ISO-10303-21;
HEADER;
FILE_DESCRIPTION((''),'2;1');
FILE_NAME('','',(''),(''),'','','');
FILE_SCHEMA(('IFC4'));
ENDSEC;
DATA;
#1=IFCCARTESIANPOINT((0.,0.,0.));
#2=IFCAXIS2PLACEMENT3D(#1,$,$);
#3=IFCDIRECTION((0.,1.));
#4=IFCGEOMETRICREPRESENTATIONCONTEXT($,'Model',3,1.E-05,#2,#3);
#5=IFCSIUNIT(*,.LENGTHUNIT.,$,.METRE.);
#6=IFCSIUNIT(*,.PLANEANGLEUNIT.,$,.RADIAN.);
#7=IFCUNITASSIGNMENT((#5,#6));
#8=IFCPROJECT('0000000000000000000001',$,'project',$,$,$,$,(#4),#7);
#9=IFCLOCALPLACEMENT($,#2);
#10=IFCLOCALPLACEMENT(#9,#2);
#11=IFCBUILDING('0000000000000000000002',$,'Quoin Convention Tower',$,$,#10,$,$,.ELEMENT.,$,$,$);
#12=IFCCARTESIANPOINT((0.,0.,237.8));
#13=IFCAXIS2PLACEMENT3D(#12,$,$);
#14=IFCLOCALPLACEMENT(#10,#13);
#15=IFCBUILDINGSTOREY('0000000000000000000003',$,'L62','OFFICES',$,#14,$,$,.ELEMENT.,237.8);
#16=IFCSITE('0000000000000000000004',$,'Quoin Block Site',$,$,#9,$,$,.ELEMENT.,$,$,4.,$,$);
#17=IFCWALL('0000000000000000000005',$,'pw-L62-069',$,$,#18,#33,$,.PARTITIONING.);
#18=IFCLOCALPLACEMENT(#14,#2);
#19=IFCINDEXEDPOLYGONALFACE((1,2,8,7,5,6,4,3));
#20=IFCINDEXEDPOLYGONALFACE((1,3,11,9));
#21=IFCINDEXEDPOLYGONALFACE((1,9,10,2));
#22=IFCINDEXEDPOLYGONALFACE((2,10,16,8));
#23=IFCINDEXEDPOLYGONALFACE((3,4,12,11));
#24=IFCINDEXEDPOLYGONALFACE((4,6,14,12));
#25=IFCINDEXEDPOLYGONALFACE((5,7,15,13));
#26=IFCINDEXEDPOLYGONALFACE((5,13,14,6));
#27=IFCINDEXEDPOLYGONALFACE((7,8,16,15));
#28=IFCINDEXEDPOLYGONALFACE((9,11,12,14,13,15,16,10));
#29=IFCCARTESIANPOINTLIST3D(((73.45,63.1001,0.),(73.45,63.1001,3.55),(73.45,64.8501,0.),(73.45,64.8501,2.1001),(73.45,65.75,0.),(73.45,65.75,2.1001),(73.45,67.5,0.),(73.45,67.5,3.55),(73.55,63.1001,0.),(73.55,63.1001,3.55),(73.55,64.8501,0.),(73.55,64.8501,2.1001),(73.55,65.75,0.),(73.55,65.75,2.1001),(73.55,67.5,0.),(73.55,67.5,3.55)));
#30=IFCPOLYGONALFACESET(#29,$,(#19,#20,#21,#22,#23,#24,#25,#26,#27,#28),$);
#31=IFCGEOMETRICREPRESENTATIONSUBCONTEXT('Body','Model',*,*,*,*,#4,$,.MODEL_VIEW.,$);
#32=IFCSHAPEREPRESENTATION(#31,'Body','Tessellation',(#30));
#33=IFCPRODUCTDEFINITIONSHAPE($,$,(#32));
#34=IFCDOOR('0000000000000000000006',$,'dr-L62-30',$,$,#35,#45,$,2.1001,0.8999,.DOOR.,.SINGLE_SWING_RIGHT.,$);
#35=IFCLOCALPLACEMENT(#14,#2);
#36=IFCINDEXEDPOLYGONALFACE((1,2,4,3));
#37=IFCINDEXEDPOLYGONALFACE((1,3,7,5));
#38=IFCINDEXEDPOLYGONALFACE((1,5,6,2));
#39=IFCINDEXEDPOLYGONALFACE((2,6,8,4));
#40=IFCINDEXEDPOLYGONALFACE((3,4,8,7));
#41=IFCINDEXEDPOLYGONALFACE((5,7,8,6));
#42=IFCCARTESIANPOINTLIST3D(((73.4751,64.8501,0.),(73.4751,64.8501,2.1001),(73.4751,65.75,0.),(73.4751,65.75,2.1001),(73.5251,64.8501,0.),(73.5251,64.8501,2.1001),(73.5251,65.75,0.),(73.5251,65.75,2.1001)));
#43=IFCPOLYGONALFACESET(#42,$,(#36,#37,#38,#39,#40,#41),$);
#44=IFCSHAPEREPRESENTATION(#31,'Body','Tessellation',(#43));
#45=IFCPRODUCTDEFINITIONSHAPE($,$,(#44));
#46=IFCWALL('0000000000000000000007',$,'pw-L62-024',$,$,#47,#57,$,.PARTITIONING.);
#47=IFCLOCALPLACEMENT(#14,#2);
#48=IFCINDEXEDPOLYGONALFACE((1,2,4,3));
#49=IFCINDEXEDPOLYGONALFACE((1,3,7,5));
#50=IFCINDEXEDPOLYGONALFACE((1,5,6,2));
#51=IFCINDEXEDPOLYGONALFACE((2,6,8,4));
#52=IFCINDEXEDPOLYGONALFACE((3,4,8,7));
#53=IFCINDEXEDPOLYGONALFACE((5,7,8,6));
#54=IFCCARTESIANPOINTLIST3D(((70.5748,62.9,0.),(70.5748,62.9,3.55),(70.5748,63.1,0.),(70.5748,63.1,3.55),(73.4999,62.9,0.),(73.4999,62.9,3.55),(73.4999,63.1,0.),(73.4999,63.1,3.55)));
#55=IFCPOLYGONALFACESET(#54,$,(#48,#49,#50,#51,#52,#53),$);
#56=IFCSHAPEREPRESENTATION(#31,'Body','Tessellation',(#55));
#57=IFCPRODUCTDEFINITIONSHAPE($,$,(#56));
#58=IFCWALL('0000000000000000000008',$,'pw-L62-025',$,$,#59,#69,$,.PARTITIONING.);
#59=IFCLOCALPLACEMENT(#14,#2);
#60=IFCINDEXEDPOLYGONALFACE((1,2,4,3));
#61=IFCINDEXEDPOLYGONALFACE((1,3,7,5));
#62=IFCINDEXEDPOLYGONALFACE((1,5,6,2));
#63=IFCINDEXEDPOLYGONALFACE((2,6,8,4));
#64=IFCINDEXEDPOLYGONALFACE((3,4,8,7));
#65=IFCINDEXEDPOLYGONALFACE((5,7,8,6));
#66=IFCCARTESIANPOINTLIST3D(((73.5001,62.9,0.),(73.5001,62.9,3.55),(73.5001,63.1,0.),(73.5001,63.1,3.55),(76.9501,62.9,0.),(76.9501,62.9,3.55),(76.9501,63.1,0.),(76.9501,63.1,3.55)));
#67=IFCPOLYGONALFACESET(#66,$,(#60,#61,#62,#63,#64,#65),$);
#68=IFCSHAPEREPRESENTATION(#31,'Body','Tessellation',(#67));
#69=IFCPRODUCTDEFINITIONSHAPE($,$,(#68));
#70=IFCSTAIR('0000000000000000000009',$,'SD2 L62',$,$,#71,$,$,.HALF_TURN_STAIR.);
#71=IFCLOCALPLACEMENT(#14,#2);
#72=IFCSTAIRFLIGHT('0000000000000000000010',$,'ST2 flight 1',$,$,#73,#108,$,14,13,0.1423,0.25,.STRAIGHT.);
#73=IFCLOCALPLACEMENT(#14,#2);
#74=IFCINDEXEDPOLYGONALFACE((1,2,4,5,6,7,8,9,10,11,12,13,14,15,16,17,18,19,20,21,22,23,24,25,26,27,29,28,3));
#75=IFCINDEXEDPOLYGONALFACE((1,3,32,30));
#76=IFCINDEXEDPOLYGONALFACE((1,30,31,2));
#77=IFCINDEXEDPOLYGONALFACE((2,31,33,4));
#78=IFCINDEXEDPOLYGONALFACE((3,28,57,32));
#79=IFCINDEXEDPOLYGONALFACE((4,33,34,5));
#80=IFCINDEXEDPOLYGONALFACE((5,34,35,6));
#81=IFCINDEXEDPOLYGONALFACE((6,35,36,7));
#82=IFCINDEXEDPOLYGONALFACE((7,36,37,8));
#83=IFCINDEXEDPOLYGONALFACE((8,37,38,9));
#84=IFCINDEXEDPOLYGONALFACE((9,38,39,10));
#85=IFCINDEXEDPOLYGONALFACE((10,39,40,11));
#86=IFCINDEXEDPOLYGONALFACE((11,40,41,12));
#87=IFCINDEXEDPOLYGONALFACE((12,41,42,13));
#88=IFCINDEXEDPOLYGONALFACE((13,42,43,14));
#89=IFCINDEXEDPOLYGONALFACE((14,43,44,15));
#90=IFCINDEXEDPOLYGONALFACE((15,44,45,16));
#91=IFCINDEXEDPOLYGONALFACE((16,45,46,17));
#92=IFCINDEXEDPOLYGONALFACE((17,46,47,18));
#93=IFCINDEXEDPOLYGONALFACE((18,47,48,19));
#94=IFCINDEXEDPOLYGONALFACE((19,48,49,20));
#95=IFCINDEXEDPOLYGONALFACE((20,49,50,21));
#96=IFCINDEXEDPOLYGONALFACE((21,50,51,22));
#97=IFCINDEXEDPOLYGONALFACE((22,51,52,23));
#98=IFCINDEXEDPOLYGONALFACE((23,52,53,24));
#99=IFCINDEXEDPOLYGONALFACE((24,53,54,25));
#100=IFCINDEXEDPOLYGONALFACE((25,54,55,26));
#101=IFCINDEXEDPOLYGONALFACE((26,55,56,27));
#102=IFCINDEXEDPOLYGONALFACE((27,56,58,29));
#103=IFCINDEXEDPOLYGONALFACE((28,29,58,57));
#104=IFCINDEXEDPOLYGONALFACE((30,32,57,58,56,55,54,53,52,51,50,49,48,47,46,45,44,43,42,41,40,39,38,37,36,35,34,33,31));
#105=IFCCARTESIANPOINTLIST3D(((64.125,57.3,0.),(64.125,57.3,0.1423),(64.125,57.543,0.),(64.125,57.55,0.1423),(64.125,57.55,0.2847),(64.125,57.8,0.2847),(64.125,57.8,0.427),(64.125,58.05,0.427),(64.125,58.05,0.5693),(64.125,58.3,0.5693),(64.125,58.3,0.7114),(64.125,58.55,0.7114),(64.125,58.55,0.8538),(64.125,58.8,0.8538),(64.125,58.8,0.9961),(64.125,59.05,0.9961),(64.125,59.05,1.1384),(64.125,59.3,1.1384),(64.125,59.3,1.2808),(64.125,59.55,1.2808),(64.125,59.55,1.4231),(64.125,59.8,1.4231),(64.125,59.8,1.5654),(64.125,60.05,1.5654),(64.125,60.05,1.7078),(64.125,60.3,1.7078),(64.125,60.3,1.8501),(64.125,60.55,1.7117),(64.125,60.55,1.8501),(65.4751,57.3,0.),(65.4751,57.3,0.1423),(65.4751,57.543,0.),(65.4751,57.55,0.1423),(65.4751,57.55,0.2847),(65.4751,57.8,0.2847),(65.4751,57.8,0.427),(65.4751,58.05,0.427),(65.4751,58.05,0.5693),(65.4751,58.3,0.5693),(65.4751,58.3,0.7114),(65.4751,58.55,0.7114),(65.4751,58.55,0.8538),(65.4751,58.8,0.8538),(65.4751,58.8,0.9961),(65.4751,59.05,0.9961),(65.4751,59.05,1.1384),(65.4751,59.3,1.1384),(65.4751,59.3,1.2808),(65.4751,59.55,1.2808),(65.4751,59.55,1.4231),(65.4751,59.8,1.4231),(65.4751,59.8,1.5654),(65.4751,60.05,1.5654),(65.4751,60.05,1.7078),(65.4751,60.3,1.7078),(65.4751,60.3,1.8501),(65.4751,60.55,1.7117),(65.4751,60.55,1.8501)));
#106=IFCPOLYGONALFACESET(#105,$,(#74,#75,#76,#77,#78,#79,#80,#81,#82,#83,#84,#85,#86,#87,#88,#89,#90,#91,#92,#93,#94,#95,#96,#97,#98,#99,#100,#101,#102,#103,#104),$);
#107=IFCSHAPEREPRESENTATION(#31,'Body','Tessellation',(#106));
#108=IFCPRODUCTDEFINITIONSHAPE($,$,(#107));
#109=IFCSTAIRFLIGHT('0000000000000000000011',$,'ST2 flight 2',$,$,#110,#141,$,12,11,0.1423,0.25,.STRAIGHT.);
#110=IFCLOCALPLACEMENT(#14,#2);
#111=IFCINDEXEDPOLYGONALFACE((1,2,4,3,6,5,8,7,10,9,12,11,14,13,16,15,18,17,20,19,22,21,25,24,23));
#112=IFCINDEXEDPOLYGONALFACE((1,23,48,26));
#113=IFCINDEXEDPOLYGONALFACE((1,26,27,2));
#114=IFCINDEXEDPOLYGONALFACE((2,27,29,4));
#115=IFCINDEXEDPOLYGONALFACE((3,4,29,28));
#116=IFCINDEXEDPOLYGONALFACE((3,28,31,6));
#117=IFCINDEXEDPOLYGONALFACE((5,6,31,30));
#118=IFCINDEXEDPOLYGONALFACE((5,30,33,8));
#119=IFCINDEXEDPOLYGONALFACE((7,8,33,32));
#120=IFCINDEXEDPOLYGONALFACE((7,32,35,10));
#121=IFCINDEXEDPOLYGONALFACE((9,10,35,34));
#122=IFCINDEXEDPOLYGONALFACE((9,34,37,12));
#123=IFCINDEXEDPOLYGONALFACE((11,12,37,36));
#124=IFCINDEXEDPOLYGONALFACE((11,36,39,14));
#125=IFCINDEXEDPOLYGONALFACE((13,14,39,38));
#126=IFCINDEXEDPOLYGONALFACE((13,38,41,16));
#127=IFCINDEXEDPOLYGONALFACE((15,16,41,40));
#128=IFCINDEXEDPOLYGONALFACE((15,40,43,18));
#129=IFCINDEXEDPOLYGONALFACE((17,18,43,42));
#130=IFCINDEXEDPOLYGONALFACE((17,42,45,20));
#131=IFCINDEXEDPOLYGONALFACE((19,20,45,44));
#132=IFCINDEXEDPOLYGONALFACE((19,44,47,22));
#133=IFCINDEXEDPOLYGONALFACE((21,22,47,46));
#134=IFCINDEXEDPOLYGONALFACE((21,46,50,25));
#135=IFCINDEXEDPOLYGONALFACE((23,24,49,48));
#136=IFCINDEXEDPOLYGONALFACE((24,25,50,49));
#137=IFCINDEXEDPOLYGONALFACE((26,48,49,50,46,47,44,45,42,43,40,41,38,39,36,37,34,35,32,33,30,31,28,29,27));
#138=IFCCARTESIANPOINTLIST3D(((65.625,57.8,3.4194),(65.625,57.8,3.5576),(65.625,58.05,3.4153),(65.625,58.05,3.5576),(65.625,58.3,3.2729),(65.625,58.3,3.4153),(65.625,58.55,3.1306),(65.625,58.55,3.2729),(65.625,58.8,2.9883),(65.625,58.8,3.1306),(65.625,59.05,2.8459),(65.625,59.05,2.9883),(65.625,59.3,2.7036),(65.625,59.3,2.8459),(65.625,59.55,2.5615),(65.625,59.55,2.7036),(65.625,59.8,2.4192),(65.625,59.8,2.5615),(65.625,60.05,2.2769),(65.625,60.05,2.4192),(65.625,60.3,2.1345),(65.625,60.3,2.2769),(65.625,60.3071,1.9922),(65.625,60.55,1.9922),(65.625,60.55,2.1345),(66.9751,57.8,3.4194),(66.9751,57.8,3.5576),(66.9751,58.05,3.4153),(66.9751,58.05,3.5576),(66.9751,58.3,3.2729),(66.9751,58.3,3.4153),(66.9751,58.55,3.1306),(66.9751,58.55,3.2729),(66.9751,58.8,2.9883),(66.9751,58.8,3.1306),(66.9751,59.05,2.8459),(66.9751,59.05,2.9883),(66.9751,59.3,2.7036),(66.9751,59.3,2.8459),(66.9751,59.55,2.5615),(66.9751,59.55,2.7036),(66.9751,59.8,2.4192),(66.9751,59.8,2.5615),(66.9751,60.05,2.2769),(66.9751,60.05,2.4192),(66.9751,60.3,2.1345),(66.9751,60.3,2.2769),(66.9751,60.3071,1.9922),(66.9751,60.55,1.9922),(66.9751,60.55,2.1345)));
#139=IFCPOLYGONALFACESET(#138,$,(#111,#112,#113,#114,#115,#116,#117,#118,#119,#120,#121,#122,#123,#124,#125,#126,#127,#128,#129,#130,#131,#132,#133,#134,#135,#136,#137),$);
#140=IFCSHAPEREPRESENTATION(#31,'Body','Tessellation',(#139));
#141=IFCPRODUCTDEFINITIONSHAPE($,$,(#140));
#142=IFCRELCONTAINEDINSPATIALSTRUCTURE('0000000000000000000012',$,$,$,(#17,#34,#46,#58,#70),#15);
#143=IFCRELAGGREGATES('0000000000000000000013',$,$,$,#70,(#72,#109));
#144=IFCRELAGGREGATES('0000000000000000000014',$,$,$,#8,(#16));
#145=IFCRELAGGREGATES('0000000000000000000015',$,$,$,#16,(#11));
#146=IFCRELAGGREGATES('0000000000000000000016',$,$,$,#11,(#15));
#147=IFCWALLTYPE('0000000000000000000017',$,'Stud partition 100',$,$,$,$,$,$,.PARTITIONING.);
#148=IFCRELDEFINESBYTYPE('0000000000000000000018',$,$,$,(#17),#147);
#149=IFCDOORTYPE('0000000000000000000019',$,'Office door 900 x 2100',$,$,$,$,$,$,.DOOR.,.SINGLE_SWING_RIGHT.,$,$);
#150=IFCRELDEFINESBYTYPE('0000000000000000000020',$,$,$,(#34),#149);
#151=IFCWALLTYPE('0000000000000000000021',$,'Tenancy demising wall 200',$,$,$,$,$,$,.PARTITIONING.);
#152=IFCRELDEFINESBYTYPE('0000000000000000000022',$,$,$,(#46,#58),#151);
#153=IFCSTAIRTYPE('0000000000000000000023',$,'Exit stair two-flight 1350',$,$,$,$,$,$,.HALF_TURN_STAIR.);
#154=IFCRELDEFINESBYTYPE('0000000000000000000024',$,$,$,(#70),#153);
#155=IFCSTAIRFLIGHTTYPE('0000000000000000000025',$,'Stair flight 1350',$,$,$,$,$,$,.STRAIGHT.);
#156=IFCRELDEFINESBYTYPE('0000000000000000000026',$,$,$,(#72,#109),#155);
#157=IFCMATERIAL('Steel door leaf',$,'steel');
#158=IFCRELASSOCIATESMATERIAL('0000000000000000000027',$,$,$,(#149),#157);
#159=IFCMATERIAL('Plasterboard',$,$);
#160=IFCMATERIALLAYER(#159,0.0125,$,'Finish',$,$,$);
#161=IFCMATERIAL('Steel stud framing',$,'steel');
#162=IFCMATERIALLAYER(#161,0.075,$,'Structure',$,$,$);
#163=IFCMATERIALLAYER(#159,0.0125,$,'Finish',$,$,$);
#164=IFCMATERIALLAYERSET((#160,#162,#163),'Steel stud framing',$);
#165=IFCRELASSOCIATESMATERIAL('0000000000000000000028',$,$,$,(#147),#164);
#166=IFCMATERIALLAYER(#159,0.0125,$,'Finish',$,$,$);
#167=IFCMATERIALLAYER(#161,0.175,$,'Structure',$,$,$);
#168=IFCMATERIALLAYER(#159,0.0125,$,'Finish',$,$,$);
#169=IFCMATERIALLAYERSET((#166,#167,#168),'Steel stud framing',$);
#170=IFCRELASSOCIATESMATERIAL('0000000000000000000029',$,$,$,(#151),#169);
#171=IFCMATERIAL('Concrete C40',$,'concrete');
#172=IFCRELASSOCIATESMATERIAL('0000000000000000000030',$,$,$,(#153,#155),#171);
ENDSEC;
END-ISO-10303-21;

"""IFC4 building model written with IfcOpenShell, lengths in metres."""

from ifc_helpers import new_model, si_unit, direction, frame, frame_2d, origin, place, context, subcontext, project, spatial, polyline, rectangle, outline, extrude, material, layer, layer_set, type_object, element, fill, aggregate, save


model = new_model("IFC4")

# Units and contexts
model_context = context("Model", 3, precision=1e-05, world=origin(), true_north=direction((0.0, 1.0)))
body_context = subcontext(model_context, "Body", "Model", "MODEL_VIEW")
ifc_project = project(units=[si_unit("LENGTHUNIT", "METRE"), si_unit("PLANEANGLEUNIT", "RADIAN")], contexts=[model_context])

# Site, building, storey
site_placement = place(None, origin())
site = spatial("IfcSite", under=ifc_project, at=site_placement, Name="Quoin Block Site", CompositionType="ELEMENT", RefElevation=4.0)
building_placement = place(site_placement, origin())
building = spatial("IfcBuilding", under=site, at=building_placement, Name="Quoin Convention Tower", CompositionType="ELEMENT")
storey_placement = place(building_placement, frame((0.0, 0.0, 237.8)))
storey = spatial("IfcBuildingStorey", under=building, at=storey_placement, Name="L62", Description="OFFICES", CompositionType="ELEMENT", Elevation=237.8)

# Shared definitions
ifc_material_1 = material(Name="Plasterboard")
ifc_material_2 = material(Name="Steel stud framing", Category="steel")

# Shared definitions
ifc_material_3 = material(Name="Steel door leaf", Category="steel")
door_type_1 = type_object("IfcDoorType", Name="Office door 900 x 2100", OperationType="SINGLE_SWING_RIGHT", PredefinedType="DOOR", material=ifc_material_3)

# Wall, opening, door
ifc_layer_1 = layer(ifc_material_1, 0.0125, Name="Finish")
ifc_layer_2 = layer(ifc_material_2, 0.075, Name="Structure")
ifc_layer_3 = layer(ifc_material_1, 0.0125, Name="Finish")
ifc_layer_set_1 = layer_set([ifc_layer_1, ifc_layer_2, ifc_layer_3], Name="Steel stud framing")
wall_type_1 = type_object("IfcWallType", Name="Stud partition 100", PredefinedType="PARTITIONING", material=ifc_layer_set_1)
wall_1_placement = place(storey_placement, frame((73.5, 63.1001, 0.0), z_axis=(0.0, 0.0, 1.0), x_axis=(0.0, 1.0, 0.0)))
wall_1 = element("IfcWall", 1, at=wall_1_placement, inside=storey, type_object=wall_type_1, Name="pw-L62-069", PredefinedType="PARTITIONING", context=body_context, shape_type="SweptSolid", body=[
    extrude(rectangle(XDim=4.3999, YDim=0.1001, at=frame_2d((2.2, 0.0))), origin(), (0.0, 0.0, 1.0), 3.55),
])
opening_1_placement = place(wall_1_placement, frame((1.75, 0.0, 0.0)))
opening_1 = element("IfcOpeningElement", 2, at=opening_1_placement, cuts=wall_1, PredefinedType="OPENING", context=body_context, shape_type="SweptSolid", body=[
    extrude(rectangle(XDim=0.8999, YDim=2.1001, at=frame_2d((0.45, 1.05))), frame((0.0, 0.0601, 0.0), z_axis=(0.0, -1.0, 0.0), x_axis=(1.0, 0.0, 0.0)), (0.0, 0.0, 1.0), 0.1201),
])
door_1_placement = place(opening_1_placement, origin())
door_1 = element("IfcDoor", 3, at=door_1_placement, inside=storey, type_object=door_type_1, Name="dr-L62-30", OperationType="SINGLE_SWING_RIGHT", OverallHeight=2.1001, OverallWidth=0.8999, PredefinedType="DOOR", context=body_context, shape_type="SweptSolid", body=[
    extrude(rectangle(XDim=0.8999, YDim=2.1001, at=frame_2d((0.45, 1.05))), frame((0.0, 0.0249, 0.0), z_axis=(0.0, -1.0, 0.0), x_axis=(1.0, 0.0, 0.0)), (0.0, 0.0, 1.0), 0.05),
])
fill(opening_1, door_1)

# Walls
ifc_layer_4 = layer(ifc_material_1, 0.0125, Name="Finish")
ifc_layer_5 = layer(ifc_material_2, 0.175, Name="Structure")
ifc_layer_6 = layer(ifc_material_1, 0.0125, Name="Finish")
ifc_layer_set_2 = layer_set([ifc_layer_4, ifc_layer_5, ifc_layer_6], Name="Steel stud framing")
wall_type_2 = type_object("IfcWallType", Name="Tenancy demising wall 200", PredefinedType="PARTITIONING", material=ifc_layer_set_2)
wall_2_placement = place(storey_placement, frame((70.575, 63.0, 0.0), z_axis=(0.0, 0.0, 1.0), x_axis=(1.0, 0.0, 0.0)))
element("IfcWall", 4, at=wall_2_placement, inside=storey, type_object=wall_type_2, Name="pw-L62-024", PredefinedType="PARTITIONING", context=body_context, shape_type="SweptSolid", body=[
    extrude(rectangle(XDim=2.925, YDim=0.2, at=frame_2d((1.4624, 0.0))), origin(), (0.0, 0.0, 1.0), 3.55),
])
wall_3_placement = place(storey_placement, frame((73.5, 63.0, 0.0), z_axis=(0.0, 0.0, 1.0), x_axis=(1.0, 0.0, 0.0)))
element("IfcWall", 5, at=wall_3_placement, inside=storey, type_object=wall_type_2, Name="pw-L62-025", PredefinedType="PARTITIONING", context=body_context, shape_type="SweptSolid", body=[
    extrude(rectangle(XDim=3.45, YDim=0.2, at=frame_2d((1.7251, 0.0))), origin(), (0.0, 0.0, 1.0), 3.55),
])

# Stair, stair flights
ifc_material_4 = material(Name="Concrete C40", Category="concrete")
stair_type = type_object("IfcStairType", Name="Exit stair two-flight 1350", PredefinedType="HALF_TURN_STAIR", material=ifc_material_4)
stair_placement = place(storey_placement, origin())
stair = element("IfcStair", 6, at=stair_placement, inside=storey, type_object=stair_type, Name="SD2 L62", PredefinedType="HALF_TURN_STAIR")
stair_flight_type = type_object("IfcStairFlightType", Name="Stair flight 1350", PredefinedType="STRAIGHT", material=ifc_material_4)
stair_flight_1_placement = place(storey_placement, frame((64.8, 57.3, 0.0), z_axis=(0.0, 0.0, 1.0), x_axis=(0.0, 1.0, 0.0)))
stair_flight_1 = element("IfcStairFlight", 7, at=stair_flight_1_placement, type_object=stair_flight_type, Name="ST2 flight 1", NumberOfRisers=14, NumberOfTreads=13, PredefinedType="STRAIGHT", RiserHeight=0.1423, TreadLength=0.25, context=body_context, shape_type="SweptSolid", body=[
    extrude(outline(polyline([(0.0, 0.0), (0.0, 0.1423), (0.25, 0.1423), (0.25, 0.2847), (0.5, 0.2847), (0.5, 0.427), (0.75, 0.427), (0.75, 0.5693), (1.0, 0.5693), (1.0, 0.7114), (1.25, 0.7114), (1.25, 0.8538), (1.5, 0.8538), (1.5, 0.9961), (1.75, 0.9961), (1.75, 1.1384), (2.0, 1.1384), (2.0, 1.2808), (2.25, 1.2808), (2.25, 1.4231), (2.5, 1.4231), (2.5, 1.5654), (2.75, 1.5654), (2.75, 1.7078), (3.0, 1.7078), (3.0, 1.8501), (3.25, 1.8501), (3.25, 1.9922), (3.25, 1.7117), (0.2429, 0.0), (0.0, 0.0)])), frame((0.0, 0.675, 0.0), z_axis=(0.0, -1.0, 0.0), x_axis=(1.0, 0.0, 0.0)), (0.0, 0.0, 1.0), 1.3501),
])
stair_flight_2_placement = place(storey_placement, frame((66.3, 60.55, 1.9922), z_axis=(0.0, 0.0, 1.0), x_axis=(0.0, -1.0, 0.0)))
stair_flight_2 = element("IfcStairFlight", 8, at=stair_flight_2_placement, type_object=stair_flight_type, Name="ST2 flight 2", NumberOfRisers=12, NumberOfTreads=11, PredefinedType="STRAIGHT", RiserHeight=0.1423, TreadLength=0.25, context=body_context, shape_type="SweptSolid", body=[
    extrude(outline(polyline([(0.0, 0.0), (0.0, 0.1423), (0.25, 0.1423), (0.25, 0.2847), (0.5, 0.2847), (0.5, 0.427), (0.75, 0.427), (0.75, 0.5693), (1.0, 0.5693), (1.0, 0.7114), (1.25, 0.7114), (1.25, 0.8538), (1.5, 0.8538), (1.5, 0.9961), (1.75, 0.9961), (1.75, 1.1384), (2.0, 1.1384), (2.0, 1.2808), (2.25, 1.2808), (2.25, 1.4231), (2.5, 1.4231), (2.5, 1.5654), (2.75, 1.5654), (2.75, 1.7078), (2.75, 1.4272), (0.2429, 0.0), (0.0, 0.0)])), frame((0.0, 0.675, 0.0), z_axis=(0.0, -1.0, 0.0), x_axis=(1.0, 0.0, 0.0)), (0.0, 0.0, 1.0), 1.3501),
])
aggregate(stair, [stair_flight_1, stair_flight_2])

save(model, "model.ifc")
